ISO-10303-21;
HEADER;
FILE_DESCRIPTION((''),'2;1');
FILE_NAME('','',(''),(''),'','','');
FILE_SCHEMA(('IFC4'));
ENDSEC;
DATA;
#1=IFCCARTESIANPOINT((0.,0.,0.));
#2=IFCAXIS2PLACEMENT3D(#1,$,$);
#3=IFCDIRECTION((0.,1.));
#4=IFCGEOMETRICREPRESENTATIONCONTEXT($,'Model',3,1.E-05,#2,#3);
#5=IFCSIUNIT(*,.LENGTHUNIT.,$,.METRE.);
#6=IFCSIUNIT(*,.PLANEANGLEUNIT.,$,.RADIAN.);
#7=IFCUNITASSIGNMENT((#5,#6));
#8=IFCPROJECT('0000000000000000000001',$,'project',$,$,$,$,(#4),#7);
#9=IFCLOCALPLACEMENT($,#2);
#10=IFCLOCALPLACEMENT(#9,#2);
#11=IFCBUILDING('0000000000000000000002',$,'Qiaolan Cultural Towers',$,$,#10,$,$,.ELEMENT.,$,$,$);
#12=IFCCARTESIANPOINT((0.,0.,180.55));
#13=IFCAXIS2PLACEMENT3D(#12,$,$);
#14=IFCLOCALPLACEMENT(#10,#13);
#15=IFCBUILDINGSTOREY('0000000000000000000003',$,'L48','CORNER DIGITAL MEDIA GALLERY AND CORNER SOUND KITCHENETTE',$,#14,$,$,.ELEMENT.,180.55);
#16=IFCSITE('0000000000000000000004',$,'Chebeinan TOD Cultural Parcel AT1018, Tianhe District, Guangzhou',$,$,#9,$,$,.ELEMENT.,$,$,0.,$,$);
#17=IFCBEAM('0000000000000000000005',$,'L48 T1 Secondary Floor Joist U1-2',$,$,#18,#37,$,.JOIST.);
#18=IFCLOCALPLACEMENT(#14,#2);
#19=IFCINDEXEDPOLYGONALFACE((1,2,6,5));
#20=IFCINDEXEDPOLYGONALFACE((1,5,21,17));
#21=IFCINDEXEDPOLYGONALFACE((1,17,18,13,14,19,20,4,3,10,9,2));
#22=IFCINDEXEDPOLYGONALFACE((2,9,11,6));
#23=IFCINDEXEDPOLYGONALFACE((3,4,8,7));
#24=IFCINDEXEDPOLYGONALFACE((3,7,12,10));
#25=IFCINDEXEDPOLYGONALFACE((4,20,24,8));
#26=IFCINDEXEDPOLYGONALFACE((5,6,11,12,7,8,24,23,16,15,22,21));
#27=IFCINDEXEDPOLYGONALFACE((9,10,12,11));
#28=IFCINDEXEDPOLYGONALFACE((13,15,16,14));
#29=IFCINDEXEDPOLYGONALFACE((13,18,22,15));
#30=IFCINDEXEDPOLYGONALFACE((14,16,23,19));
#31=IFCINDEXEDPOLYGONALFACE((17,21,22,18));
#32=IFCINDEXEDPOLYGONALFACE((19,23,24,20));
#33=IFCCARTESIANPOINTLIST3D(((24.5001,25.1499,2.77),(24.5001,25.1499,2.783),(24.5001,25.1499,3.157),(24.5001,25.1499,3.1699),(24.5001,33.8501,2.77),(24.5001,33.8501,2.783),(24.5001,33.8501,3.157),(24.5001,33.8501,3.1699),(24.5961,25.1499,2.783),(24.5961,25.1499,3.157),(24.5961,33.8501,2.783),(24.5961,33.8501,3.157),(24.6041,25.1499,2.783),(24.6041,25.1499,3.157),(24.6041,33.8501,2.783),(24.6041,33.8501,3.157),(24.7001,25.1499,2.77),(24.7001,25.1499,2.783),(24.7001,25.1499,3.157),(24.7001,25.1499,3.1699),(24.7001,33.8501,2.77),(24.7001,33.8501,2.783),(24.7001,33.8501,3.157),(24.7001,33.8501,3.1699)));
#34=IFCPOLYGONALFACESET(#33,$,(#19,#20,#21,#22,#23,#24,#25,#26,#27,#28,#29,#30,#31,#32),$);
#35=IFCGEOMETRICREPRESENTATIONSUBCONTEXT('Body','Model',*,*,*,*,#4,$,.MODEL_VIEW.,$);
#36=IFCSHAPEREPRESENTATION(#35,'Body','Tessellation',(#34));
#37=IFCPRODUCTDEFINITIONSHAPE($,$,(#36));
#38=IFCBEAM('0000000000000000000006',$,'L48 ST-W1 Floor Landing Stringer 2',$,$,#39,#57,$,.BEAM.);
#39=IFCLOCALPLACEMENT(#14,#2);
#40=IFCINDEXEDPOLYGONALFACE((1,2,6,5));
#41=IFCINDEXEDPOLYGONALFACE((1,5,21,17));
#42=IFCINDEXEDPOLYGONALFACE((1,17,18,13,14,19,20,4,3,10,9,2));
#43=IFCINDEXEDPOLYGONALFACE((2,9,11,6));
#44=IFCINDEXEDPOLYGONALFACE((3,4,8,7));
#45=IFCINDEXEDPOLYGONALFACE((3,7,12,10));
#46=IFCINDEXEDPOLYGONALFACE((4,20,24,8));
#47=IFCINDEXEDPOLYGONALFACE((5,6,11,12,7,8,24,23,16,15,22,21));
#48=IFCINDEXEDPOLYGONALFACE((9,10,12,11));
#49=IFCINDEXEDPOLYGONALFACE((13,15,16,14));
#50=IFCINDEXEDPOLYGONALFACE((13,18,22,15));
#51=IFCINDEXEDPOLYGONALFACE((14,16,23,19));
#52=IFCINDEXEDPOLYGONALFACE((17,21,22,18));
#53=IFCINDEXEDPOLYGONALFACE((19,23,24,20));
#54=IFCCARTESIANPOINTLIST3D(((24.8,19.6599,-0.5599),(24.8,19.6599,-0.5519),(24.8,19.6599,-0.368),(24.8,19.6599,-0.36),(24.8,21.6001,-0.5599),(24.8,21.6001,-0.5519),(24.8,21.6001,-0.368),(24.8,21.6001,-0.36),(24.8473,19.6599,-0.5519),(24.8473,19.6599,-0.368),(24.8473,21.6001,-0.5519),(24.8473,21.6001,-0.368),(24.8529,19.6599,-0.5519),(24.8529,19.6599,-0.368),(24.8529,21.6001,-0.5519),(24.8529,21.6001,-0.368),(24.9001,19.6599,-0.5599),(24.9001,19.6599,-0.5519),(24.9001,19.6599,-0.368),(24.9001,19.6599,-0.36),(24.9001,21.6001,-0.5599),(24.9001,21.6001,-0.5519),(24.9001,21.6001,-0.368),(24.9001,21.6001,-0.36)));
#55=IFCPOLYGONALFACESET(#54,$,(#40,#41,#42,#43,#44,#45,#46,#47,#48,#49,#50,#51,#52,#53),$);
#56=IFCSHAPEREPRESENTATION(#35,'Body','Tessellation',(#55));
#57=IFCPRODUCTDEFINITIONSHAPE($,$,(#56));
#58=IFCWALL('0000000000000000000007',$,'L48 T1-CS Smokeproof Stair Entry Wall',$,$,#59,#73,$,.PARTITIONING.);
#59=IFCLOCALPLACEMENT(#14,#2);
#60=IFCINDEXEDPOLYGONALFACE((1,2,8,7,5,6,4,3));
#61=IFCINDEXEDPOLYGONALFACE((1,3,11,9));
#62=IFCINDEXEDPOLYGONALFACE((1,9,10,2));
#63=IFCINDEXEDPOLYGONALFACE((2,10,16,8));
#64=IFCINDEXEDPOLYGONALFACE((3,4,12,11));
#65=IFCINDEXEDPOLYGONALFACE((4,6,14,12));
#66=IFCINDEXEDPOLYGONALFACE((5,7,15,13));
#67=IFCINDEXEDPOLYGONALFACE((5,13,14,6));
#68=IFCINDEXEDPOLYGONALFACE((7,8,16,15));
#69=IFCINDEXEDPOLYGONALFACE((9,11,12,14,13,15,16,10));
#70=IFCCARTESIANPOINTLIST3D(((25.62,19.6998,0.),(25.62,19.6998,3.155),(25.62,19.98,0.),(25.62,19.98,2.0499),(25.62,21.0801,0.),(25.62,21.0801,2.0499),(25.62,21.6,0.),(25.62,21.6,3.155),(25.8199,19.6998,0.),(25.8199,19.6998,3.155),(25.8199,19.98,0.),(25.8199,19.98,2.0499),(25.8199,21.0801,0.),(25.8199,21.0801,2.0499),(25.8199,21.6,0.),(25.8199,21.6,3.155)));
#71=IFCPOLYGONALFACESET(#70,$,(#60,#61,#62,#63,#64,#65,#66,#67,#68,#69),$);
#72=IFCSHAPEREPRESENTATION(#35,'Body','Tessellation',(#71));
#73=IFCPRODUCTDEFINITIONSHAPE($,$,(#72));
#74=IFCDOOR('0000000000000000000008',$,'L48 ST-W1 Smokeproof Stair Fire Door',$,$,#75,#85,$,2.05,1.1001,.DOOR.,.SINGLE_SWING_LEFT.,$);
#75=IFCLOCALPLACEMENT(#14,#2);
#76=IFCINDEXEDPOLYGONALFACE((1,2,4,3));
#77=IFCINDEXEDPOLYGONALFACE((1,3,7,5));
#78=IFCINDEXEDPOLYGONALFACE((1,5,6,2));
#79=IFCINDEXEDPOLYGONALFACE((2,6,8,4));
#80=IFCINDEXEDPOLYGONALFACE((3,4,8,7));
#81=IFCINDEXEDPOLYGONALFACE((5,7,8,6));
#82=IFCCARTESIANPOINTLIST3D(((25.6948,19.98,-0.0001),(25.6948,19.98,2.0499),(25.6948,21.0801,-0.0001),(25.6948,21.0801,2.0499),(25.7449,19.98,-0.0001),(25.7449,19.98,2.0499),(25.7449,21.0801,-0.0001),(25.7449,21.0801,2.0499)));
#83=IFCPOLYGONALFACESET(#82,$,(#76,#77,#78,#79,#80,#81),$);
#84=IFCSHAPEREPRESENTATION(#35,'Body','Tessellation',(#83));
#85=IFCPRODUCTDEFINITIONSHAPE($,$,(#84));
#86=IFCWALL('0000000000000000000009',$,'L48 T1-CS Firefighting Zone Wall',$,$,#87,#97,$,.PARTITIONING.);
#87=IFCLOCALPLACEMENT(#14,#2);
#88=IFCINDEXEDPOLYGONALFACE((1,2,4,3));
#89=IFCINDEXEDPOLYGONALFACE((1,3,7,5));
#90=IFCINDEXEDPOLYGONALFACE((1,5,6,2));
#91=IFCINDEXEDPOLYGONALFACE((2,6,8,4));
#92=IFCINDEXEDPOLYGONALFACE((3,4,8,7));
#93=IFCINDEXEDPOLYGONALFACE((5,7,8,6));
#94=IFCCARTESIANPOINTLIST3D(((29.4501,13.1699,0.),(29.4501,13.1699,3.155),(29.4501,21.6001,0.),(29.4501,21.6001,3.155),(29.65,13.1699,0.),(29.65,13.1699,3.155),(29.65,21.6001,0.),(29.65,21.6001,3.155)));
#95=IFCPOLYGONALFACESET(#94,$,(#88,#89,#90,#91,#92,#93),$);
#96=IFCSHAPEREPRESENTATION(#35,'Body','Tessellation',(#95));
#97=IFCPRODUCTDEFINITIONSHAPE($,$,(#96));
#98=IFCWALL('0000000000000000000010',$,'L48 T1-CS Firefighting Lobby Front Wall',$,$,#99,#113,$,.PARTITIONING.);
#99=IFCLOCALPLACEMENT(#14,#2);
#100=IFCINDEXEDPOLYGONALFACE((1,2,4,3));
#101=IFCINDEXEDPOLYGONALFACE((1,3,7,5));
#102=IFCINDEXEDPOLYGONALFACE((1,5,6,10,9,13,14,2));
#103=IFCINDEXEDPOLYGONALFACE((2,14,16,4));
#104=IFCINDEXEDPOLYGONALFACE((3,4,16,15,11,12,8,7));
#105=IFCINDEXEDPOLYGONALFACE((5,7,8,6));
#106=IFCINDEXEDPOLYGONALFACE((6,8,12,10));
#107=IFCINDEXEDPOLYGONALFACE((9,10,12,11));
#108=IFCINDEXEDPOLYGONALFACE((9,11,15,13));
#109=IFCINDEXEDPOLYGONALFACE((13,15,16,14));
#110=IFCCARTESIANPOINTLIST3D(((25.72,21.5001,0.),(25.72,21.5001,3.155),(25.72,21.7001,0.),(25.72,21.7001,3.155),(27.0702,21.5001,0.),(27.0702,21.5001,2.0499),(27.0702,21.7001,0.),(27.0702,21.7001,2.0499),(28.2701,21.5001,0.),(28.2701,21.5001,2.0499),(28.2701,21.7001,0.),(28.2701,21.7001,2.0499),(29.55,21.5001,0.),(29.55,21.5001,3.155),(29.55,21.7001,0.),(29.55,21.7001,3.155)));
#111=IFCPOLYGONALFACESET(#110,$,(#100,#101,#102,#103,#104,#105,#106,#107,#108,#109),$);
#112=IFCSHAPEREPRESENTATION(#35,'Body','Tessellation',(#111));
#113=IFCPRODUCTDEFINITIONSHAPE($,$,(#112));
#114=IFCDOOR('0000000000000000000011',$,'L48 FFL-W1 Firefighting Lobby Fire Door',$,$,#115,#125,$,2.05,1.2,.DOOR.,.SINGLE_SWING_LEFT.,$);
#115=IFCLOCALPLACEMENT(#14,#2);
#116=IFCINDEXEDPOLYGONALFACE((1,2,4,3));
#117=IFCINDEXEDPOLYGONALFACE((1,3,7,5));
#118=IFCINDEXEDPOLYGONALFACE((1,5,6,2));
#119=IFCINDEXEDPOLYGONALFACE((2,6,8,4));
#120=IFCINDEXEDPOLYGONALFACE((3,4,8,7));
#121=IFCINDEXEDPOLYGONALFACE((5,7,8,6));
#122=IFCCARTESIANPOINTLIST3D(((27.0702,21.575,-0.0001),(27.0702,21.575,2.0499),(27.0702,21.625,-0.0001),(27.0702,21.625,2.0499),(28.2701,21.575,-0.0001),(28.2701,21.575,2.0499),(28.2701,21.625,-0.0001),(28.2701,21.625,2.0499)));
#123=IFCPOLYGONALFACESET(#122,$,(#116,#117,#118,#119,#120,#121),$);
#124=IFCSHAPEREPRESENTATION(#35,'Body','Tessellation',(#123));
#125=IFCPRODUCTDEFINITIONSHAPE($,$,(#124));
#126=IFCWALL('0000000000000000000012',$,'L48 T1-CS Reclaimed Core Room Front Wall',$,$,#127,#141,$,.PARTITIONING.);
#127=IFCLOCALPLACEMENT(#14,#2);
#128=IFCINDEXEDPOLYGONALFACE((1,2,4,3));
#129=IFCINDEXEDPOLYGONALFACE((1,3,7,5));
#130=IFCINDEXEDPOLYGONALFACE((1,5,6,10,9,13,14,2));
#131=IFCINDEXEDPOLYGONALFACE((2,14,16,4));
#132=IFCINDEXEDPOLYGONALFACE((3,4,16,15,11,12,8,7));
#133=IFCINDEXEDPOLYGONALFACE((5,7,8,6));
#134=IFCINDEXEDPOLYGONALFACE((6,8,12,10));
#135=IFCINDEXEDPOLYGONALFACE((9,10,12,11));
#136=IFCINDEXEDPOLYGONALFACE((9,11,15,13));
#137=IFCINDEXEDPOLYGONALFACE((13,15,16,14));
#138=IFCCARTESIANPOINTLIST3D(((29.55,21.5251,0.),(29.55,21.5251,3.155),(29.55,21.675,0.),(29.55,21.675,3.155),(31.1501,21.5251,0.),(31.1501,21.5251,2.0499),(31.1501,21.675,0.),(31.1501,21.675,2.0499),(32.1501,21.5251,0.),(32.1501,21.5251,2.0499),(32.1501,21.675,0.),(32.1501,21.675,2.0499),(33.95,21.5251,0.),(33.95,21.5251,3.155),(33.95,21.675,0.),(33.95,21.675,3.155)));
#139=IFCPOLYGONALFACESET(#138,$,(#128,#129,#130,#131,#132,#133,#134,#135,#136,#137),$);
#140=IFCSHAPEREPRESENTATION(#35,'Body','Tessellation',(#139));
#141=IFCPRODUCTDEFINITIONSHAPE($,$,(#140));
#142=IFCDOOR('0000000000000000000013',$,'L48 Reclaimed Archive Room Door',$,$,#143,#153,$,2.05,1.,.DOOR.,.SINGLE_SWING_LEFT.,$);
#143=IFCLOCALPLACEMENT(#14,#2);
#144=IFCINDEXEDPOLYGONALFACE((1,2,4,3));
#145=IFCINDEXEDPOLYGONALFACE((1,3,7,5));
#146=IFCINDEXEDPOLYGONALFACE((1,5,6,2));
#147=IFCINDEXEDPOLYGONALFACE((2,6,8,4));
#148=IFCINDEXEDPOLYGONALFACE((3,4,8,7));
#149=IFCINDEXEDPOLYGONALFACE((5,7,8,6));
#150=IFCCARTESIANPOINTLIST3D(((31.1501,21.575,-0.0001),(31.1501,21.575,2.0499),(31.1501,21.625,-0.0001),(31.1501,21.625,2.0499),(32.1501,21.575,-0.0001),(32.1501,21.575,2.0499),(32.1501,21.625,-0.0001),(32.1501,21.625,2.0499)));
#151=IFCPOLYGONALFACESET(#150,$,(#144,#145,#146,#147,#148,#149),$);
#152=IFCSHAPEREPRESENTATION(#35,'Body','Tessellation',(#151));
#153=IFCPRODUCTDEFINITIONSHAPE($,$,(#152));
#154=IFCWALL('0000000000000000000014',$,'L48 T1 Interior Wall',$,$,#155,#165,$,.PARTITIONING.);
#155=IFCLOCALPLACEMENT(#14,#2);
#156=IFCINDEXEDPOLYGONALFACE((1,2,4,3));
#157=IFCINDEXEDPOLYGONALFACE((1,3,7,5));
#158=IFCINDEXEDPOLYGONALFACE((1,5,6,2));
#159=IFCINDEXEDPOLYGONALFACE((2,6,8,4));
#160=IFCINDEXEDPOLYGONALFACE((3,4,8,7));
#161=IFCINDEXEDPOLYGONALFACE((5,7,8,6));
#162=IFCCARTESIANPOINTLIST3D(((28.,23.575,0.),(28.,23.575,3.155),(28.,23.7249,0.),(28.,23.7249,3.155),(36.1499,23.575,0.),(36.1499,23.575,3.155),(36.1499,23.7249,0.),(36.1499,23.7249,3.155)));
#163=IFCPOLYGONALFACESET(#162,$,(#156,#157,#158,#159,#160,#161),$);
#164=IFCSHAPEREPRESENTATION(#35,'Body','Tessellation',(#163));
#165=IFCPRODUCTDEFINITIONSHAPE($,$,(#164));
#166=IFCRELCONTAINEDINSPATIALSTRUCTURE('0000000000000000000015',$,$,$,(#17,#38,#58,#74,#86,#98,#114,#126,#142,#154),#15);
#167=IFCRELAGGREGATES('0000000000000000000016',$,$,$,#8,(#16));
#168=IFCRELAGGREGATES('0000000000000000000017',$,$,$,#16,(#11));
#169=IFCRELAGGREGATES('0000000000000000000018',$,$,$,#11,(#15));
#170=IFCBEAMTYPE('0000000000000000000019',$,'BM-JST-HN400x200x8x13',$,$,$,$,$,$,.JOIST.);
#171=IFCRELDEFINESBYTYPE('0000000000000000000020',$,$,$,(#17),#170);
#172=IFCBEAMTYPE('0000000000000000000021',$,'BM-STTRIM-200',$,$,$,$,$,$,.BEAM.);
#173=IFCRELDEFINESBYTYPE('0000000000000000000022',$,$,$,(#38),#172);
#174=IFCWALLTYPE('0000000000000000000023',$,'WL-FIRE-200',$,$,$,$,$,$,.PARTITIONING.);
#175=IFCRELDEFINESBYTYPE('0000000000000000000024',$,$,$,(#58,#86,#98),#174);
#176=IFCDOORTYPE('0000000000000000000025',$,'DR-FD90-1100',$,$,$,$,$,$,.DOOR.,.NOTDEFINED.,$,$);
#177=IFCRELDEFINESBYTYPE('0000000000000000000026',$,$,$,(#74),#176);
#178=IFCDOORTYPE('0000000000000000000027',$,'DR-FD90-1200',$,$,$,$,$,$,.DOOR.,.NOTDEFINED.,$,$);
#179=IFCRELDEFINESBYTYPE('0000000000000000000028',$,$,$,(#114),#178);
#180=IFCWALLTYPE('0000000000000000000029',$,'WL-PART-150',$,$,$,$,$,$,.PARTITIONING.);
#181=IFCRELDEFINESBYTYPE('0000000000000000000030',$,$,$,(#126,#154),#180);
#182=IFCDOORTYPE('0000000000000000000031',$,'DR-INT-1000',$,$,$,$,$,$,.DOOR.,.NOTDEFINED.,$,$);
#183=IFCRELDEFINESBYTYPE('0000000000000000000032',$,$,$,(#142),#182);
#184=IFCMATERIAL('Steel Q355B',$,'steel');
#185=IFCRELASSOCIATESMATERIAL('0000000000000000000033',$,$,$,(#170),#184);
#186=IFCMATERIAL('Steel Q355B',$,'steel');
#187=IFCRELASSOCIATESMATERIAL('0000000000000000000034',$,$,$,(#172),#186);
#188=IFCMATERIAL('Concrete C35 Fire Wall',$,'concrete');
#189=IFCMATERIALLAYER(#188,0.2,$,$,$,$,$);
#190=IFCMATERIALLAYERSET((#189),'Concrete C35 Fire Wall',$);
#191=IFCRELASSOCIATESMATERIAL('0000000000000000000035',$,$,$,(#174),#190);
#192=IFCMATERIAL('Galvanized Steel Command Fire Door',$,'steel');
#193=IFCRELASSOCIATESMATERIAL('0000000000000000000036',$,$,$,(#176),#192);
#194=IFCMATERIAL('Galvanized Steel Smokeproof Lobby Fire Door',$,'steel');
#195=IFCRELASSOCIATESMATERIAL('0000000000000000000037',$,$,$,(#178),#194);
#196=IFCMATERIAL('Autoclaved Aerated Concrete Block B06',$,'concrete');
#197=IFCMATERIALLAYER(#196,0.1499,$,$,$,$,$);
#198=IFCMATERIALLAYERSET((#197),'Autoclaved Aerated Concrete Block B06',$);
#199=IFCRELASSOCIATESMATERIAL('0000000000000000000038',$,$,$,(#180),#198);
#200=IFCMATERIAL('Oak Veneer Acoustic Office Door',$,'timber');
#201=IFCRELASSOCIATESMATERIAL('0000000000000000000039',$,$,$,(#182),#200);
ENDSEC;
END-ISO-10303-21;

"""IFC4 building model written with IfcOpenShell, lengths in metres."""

from ifc_helpers import new_model, si_unit, direction, frame, frame_2d, origin, origin_2d, place, context, subcontext, project, spatial, rectangle, i_section, extrude, material, layer, layer_set, material_profile, profile_set, type_object, element, fill, save


model = new_model("IFC4")

# Units and contexts
model_context = context("Model", 3, precision=1e-05, world=origin(), true_north=direction((0.0, 1.0)))
body_context = subcontext(model_context, "Body", "Model", "MODEL_VIEW")
ifc_project = project(units=[si_unit("LENGTHUNIT", "METRE"), si_unit("PLANEANGLEUNIT", "RADIAN")], contexts=[model_context])

# Site, building, storey
site_placement = place(None, origin())
site = spatial("IfcSite", under=ifc_project, at=site_placement, Name="Chebeinan TOD Cultural Parcel AT1018, Tianhe District, Guangzhou", CompositionType="ELEMENT", RefElevation=0.0)
building_placement = place(site_placement, origin())
building = spatial("IfcBuilding", under=site, at=building_placement, Name="Qiaolan Cultural Towers", CompositionType="ELEMENT")
storey_placement = place(building_placement, frame((0.0, 0.0, 180.55)))
storey = spatial("IfcBuildingStorey", under=building, at=storey_placement, Name="L48", Description="CORNER DIGITAL MEDIA GALLERY AND CORNER SOUND KITCHENETTE", CompositionType="ELEMENT", Elevation=180.55)

# Beams
ifc_material_1 = material(Name="Steel Q355B", Category="steel")
ifc_material_profile_1 = material_profile(ifc_material_1, i_section(OverallWidth=0.2, OverallDepth=0.3999, WebThickness=0.0081, FlangeThickness=0.0129, at=origin_2d()), Name="HN400x200x8x13")
ifc_profile_set_1 = profile_set([ifc_material_profile_1], Name="Steel Q355B")
beam_type_1 = type_object("IfcBeamType", Name="BM-JST-HN400x200x8x13", PredefinedType="JOIST", material=ifc_profile_set_1)
beam_1_placement = place(storey_placement, frame((24.6001, 25.1499, 2.97), z_axis=(0.0, 1.0, 0.0), x_axis=(-1.0, 0.0, 0.0)))
element("IfcBeam", 1, at=beam_1_placement, inside=storey, type_object=beam_type_1, Name="L48 T1 Secondary Floor Joist U1-2", PredefinedType="JOIST", context=body_context, shape_type="SweptSolid", body=[
    extrude(i_section(OverallWidth=0.2, OverallDepth=0.3999, WebThickness=0.0081, FlangeThickness=0.0129, at=origin_2d()), origin(), (0.0, 0.0, 1.0), 8.7002),
])
ifc_material_2 = material(Name="Steel Q355B", Category="steel")
ifc_material_profile_2 = material_profile(ifc_material_2, i_section(OverallWidth=0.1001, OverallDepth=0.2, WebThickness=0.0056, FlangeThickness=0.0081, at=origin_2d()), Name="HN200x100x5.5x8")
ifc_profile_set_2 = profile_set([ifc_material_profile_2], Name="Steel Q355B")
beam_type_2 = type_object("IfcBeamType", Name="BM-STTRIM-200", PredefinedType="BEAM", material=ifc_profile_set_2)
beam_2_placement = place(storey_placement, frame((24.8501, 21.6001, -0.46), z_axis=(0.0, -1.0, 0.0), x_axis=(1.0, 0.0, 0.0)))
element("IfcBeam", 2, at=beam_2_placement, inside=storey, type_object=beam_type_2, Name="L48 ST-W1 Floor Landing Stringer 2", PredefinedType="BEAM", context=body_context, shape_type="SweptSolid", body=[
    extrude(i_section(OverallWidth=0.1001, OverallDepth=0.2, WebThickness=0.0056, FlangeThickness=0.0081, at=origin_2d()), origin(), (0.0, 0.0, 1.0), 1.9402),
])

# Wall, opening, door
ifc_material_3 = material(Name="Concrete C35 Fire Wall", Category="concrete")
ifc_layer_1 = layer(ifc_material_3, 0.2)
ifc_layer_set_1 = layer_set([ifc_layer_1], Name="Concrete C35 Fire Wall")
wall_type_1 = type_object("IfcWallType", Name="WL-FIRE-200", PredefinedType="PARTITIONING", material=ifc_layer_set_1)
wall_1_placement = place(storey_placement, frame((25.72, 21.6001, 0.0), z_axis=(0.0, 0.0, 1.0), x_axis=(0.0, -1.0, 0.0)))
wall_1 = element("IfcWall", 3, at=wall_1_placement, inside=storey, type_object=wall_type_1, Name="L48 T1-CS Smokeproof Stair Entry Wall", PredefinedType="PARTITIONING", context=body_context, shape_type="SweptSolid", body=[
    extrude(rectangle(XDim=1.9001, YDim=0.2, at=frame_2d((0.9502, 0.0))), origin(), (0.0, 0.0, 1.0), 3.155),
])
opening_1_placement = place(wall_1_placement, frame((0.52, 0.0, 0.0)))
opening_1 = element("IfcOpeningElement", 4, at=opening_1_placement, cuts=wall_1, PredefinedType="OPENING", context=body_context, shape_type="SweptSolid", body=[
    extrude(rectangle(XDim=1.1001, YDim=2.05, at=frame_2d((0.55, 1.0249))), frame((0.0, 0.1099, 0.0), z_axis=(0.0, -1.0, 0.0), x_axis=(1.0, 0.0, 0.0)), (0.0, 0.0, 1.0), 0.22),
])
ifc_material_4 = material(Name="Galvanized Steel Command Fire Door", Category="steel")
door_type_1 = type_object("IfcDoorType", Name="DR-FD90-1100", OperationType="NOTDEFINED", PredefinedType="DOOR", material=ifc_material_4)
door_1_placement = place(opening_1_placement, origin())
door_1 = element("IfcDoor", 5, at=door_1_placement, inside=storey, type_object=door_type_1, Name="L48 ST-W1 Smokeproof Stair Fire Door", OperationType="SINGLE_SWING_LEFT", OverallHeight=2.05, OverallWidth=1.1001, PredefinedType="DOOR", context=body_context, shape_type="SweptSolid", body=[
    extrude(rectangle(XDim=1.1001, YDim=2.05, at=frame_2d((0.55, 1.0249))), frame((0.0, 0.0249, 0.0), z_axis=(0.0, -1.0, 0.0), x_axis=(1.0, 0.0, 0.0)), (0.0, 0.0, 1.0), 0.05),
])
fill(opening_1, door_1)

# Wall
wall_2_placement = place(storey_placement, frame((29.55, 21.6001, 0.0), z_axis=(0.0, 0.0, 1.0), x_axis=(0.0, -1.0, 0.0)))
element("IfcWall", 6, at=wall_2_placement, inside=storey, type_object=wall_type_1, Name="L48 T1-CS Firefighting Zone Wall", PredefinedType="PARTITIONING", context=body_context, shape_type="SweptSolid", body=[
    extrude(rectangle(XDim=8.4302, YDim=0.2, at=frame_2d((4.2151, 0.0))), origin(), (0.0, 0.0, 1.0), 3.155),
])

# Walls, openings, doors
wall_3_placement = place(storey_placement, frame((25.72, 21.6001, 0.0), z_axis=(0.0, 0.0, 1.0), x_axis=(1.0, 0.0, 0.0)))
wall_3 = element("IfcWall", 7, at=wall_3_placement, inside=storey, type_object=wall_type_1, Name="L48 T1-CS Firefighting Lobby Front Wall", PredefinedType="PARTITIONING", context=body_context, shape_type="SweptSolid", body=[
    extrude(rectangle(XDim=3.8301, YDim=0.2, at=frame_2d((1.915, 0.0))), origin(), (0.0, 0.0, 1.0), 3.155),
])
opening_2_placement = place(wall_3_placement, frame((1.3501, 0.0, 0.0)))
opening_2 = element("IfcOpeningElement", 8, at=opening_2_placement, cuts=wall_3, PredefinedType="OPENING", context=body_context, shape_type="SweptSolid", body=[
    extrude(rectangle(XDim=1.2, YDim=2.05, at=frame_2d((0.6001, 1.0249))), frame((0.0, 0.1099, 0.0), z_axis=(0.0, -1.0, 0.0), x_axis=(1.0, 0.0, 0.0)), (0.0, 0.0, 1.0), 0.22),
])
ifc_material_5 = material(Name="Galvanized Steel Smokeproof Lobby Fire Door", Category="steel")
door_type_2 = type_object("IfcDoorType", Name="DR-FD90-1200", OperationType="NOTDEFINED", PredefinedType="DOOR", material=ifc_material_5)
door_2_placement = place(opening_2_placement, origin())
door_2 = element("IfcDoor", 9, at=door_2_placement, inside=storey, type_object=door_type_2, Name="L48 FFL-W1 Firefighting Lobby Fire Door", OperationType="SINGLE_SWING_LEFT", OverallHeight=2.05, OverallWidth=1.2, PredefinedType="DOOR", context=body_context, shape_type="SweptSolid", body=[
    extrude(rectangle(XDim=1.2, YDim=2.05, at=frame_2d((0.6001, 1.0249))), frame((0.0, 0.0249, 0.0), z_axis=(0.0, -1.0, 0.0), x_axis=(1.0, 0.0, 0.0)), (0.0, 0.0, 1.0), 0.05),
])
fill(opening_2, door_2)
ifc_material_6 = material(Name="Autoclaved Aerated Concrete Block B06", Category="concrete")
ifc_layer_2 = layer(ifc_material_6, 0.1499)
ifc_layer_set_2 = layer_set([ifc_layer_2], Name="Autoclaved Aerated Concrete Block B06")
wall_type_2 = type_object("IfcWallType", Name="WL-PART-150", PredefinedType="PARTITIONING", material=ifc_layer_set_2)
wall_4_placement = place(storey_placement, frame((29.55, 21.6001, 0.0), z_axis=(0.0, 0.0, 1.0), x_axis=(1.0, 0.0, 0.0)))
wall_4 = element("IfcWall", 10, at=wall_4_placement, inside=storey, type_object=wall_type_2, Name="L48 T1-CS Reclaimed Core Room Front Wall", PredefinedType="PARTITIONING", context=body_context, shape_type="SweptSolid", body=[
    extrude(rectangle(XDim=4.3999, YDim=0.1499, at=frame_2d((2.2, 0.0))), origin(), (0.0, 0.0, 1.0), 3.155),
])
opening_3_placement = place(wall_4_placement, frame((1.6001, 0.0, 0.0)))
opening_3 = element("IfcOpeningElement", 11, at=opening_3_placement, cuts=wall_4, PredefinedType="OPENING", context=body_context, shape_type="SweptSolid", body=[
    extrude(rectangle(XDim=1.0, YDim=2.05, at=frame_2d((0.5, 1.0249))), frame((0.0, 0.085, 0.0), z_axis=(0.0, -1.0, 0.0), x_axis=(1.0, 0.0, 0.0)), (0.0, 0.0, 1.0), 0.1699),
])
ifc_material_7 = material(Name="Oak Veneer Acoustic Office Door", Category="timber")
door_type_3 = type_object("IfcDoorType", Name="DR-INT-1000", OperationType="NOTDEFINED", PredefinedType="DOOR", material=ifc_material_7)
door_3_placement = place(opening_3_placement, origin())
door_3 = element("IfcDoor", 12, at=door_3_placement, inside=storey, type_object=door_type_3, Name="L48 Reclaimed Archive Room Door", OperationType="SINGLE_SWING_LEFT", OverallHeight=2.05, OverallWidth=1.0, PredefinedType="DOOR", context=body_context, shape_type="SweptSolid", body=[
    extrude(rectangle(XDim=1.0, YDim=2.05, at=frame_2d((0.5, 1.0249))), frame((0.0, 0.0249, 0.0), z_axis=(0.0, -1.0, 0.0), x_axis=(1.0, 0.0, 0.0)), (0.0, 0.0, 1.0), 0.05),
])
fill(opening_3, door_3)

# Wall
wall_5_placement = place(storey_placement, frame((28.0, 23.6499, 0.0), z_axis=(0.0, 0.0, 1.0), x_axis=(1.0, 0.0, 0.0)))
element("IfcWall", 13, at=wall_5_placement, inside=storey, type_object=wall_type_2, Name="L48 T1 Interior Wall", PredefinedType="PARTITIONING", context=body_context, shape_type="SweptSolid", body=[
    extrude(rectangle(XDim=8.1499, YDim=0.1499, at=frame_2d((4.075, 0.0))), origin(), (0.0, 0.0, 1.0), 3.155),
])

save(model, "model.ifc")
